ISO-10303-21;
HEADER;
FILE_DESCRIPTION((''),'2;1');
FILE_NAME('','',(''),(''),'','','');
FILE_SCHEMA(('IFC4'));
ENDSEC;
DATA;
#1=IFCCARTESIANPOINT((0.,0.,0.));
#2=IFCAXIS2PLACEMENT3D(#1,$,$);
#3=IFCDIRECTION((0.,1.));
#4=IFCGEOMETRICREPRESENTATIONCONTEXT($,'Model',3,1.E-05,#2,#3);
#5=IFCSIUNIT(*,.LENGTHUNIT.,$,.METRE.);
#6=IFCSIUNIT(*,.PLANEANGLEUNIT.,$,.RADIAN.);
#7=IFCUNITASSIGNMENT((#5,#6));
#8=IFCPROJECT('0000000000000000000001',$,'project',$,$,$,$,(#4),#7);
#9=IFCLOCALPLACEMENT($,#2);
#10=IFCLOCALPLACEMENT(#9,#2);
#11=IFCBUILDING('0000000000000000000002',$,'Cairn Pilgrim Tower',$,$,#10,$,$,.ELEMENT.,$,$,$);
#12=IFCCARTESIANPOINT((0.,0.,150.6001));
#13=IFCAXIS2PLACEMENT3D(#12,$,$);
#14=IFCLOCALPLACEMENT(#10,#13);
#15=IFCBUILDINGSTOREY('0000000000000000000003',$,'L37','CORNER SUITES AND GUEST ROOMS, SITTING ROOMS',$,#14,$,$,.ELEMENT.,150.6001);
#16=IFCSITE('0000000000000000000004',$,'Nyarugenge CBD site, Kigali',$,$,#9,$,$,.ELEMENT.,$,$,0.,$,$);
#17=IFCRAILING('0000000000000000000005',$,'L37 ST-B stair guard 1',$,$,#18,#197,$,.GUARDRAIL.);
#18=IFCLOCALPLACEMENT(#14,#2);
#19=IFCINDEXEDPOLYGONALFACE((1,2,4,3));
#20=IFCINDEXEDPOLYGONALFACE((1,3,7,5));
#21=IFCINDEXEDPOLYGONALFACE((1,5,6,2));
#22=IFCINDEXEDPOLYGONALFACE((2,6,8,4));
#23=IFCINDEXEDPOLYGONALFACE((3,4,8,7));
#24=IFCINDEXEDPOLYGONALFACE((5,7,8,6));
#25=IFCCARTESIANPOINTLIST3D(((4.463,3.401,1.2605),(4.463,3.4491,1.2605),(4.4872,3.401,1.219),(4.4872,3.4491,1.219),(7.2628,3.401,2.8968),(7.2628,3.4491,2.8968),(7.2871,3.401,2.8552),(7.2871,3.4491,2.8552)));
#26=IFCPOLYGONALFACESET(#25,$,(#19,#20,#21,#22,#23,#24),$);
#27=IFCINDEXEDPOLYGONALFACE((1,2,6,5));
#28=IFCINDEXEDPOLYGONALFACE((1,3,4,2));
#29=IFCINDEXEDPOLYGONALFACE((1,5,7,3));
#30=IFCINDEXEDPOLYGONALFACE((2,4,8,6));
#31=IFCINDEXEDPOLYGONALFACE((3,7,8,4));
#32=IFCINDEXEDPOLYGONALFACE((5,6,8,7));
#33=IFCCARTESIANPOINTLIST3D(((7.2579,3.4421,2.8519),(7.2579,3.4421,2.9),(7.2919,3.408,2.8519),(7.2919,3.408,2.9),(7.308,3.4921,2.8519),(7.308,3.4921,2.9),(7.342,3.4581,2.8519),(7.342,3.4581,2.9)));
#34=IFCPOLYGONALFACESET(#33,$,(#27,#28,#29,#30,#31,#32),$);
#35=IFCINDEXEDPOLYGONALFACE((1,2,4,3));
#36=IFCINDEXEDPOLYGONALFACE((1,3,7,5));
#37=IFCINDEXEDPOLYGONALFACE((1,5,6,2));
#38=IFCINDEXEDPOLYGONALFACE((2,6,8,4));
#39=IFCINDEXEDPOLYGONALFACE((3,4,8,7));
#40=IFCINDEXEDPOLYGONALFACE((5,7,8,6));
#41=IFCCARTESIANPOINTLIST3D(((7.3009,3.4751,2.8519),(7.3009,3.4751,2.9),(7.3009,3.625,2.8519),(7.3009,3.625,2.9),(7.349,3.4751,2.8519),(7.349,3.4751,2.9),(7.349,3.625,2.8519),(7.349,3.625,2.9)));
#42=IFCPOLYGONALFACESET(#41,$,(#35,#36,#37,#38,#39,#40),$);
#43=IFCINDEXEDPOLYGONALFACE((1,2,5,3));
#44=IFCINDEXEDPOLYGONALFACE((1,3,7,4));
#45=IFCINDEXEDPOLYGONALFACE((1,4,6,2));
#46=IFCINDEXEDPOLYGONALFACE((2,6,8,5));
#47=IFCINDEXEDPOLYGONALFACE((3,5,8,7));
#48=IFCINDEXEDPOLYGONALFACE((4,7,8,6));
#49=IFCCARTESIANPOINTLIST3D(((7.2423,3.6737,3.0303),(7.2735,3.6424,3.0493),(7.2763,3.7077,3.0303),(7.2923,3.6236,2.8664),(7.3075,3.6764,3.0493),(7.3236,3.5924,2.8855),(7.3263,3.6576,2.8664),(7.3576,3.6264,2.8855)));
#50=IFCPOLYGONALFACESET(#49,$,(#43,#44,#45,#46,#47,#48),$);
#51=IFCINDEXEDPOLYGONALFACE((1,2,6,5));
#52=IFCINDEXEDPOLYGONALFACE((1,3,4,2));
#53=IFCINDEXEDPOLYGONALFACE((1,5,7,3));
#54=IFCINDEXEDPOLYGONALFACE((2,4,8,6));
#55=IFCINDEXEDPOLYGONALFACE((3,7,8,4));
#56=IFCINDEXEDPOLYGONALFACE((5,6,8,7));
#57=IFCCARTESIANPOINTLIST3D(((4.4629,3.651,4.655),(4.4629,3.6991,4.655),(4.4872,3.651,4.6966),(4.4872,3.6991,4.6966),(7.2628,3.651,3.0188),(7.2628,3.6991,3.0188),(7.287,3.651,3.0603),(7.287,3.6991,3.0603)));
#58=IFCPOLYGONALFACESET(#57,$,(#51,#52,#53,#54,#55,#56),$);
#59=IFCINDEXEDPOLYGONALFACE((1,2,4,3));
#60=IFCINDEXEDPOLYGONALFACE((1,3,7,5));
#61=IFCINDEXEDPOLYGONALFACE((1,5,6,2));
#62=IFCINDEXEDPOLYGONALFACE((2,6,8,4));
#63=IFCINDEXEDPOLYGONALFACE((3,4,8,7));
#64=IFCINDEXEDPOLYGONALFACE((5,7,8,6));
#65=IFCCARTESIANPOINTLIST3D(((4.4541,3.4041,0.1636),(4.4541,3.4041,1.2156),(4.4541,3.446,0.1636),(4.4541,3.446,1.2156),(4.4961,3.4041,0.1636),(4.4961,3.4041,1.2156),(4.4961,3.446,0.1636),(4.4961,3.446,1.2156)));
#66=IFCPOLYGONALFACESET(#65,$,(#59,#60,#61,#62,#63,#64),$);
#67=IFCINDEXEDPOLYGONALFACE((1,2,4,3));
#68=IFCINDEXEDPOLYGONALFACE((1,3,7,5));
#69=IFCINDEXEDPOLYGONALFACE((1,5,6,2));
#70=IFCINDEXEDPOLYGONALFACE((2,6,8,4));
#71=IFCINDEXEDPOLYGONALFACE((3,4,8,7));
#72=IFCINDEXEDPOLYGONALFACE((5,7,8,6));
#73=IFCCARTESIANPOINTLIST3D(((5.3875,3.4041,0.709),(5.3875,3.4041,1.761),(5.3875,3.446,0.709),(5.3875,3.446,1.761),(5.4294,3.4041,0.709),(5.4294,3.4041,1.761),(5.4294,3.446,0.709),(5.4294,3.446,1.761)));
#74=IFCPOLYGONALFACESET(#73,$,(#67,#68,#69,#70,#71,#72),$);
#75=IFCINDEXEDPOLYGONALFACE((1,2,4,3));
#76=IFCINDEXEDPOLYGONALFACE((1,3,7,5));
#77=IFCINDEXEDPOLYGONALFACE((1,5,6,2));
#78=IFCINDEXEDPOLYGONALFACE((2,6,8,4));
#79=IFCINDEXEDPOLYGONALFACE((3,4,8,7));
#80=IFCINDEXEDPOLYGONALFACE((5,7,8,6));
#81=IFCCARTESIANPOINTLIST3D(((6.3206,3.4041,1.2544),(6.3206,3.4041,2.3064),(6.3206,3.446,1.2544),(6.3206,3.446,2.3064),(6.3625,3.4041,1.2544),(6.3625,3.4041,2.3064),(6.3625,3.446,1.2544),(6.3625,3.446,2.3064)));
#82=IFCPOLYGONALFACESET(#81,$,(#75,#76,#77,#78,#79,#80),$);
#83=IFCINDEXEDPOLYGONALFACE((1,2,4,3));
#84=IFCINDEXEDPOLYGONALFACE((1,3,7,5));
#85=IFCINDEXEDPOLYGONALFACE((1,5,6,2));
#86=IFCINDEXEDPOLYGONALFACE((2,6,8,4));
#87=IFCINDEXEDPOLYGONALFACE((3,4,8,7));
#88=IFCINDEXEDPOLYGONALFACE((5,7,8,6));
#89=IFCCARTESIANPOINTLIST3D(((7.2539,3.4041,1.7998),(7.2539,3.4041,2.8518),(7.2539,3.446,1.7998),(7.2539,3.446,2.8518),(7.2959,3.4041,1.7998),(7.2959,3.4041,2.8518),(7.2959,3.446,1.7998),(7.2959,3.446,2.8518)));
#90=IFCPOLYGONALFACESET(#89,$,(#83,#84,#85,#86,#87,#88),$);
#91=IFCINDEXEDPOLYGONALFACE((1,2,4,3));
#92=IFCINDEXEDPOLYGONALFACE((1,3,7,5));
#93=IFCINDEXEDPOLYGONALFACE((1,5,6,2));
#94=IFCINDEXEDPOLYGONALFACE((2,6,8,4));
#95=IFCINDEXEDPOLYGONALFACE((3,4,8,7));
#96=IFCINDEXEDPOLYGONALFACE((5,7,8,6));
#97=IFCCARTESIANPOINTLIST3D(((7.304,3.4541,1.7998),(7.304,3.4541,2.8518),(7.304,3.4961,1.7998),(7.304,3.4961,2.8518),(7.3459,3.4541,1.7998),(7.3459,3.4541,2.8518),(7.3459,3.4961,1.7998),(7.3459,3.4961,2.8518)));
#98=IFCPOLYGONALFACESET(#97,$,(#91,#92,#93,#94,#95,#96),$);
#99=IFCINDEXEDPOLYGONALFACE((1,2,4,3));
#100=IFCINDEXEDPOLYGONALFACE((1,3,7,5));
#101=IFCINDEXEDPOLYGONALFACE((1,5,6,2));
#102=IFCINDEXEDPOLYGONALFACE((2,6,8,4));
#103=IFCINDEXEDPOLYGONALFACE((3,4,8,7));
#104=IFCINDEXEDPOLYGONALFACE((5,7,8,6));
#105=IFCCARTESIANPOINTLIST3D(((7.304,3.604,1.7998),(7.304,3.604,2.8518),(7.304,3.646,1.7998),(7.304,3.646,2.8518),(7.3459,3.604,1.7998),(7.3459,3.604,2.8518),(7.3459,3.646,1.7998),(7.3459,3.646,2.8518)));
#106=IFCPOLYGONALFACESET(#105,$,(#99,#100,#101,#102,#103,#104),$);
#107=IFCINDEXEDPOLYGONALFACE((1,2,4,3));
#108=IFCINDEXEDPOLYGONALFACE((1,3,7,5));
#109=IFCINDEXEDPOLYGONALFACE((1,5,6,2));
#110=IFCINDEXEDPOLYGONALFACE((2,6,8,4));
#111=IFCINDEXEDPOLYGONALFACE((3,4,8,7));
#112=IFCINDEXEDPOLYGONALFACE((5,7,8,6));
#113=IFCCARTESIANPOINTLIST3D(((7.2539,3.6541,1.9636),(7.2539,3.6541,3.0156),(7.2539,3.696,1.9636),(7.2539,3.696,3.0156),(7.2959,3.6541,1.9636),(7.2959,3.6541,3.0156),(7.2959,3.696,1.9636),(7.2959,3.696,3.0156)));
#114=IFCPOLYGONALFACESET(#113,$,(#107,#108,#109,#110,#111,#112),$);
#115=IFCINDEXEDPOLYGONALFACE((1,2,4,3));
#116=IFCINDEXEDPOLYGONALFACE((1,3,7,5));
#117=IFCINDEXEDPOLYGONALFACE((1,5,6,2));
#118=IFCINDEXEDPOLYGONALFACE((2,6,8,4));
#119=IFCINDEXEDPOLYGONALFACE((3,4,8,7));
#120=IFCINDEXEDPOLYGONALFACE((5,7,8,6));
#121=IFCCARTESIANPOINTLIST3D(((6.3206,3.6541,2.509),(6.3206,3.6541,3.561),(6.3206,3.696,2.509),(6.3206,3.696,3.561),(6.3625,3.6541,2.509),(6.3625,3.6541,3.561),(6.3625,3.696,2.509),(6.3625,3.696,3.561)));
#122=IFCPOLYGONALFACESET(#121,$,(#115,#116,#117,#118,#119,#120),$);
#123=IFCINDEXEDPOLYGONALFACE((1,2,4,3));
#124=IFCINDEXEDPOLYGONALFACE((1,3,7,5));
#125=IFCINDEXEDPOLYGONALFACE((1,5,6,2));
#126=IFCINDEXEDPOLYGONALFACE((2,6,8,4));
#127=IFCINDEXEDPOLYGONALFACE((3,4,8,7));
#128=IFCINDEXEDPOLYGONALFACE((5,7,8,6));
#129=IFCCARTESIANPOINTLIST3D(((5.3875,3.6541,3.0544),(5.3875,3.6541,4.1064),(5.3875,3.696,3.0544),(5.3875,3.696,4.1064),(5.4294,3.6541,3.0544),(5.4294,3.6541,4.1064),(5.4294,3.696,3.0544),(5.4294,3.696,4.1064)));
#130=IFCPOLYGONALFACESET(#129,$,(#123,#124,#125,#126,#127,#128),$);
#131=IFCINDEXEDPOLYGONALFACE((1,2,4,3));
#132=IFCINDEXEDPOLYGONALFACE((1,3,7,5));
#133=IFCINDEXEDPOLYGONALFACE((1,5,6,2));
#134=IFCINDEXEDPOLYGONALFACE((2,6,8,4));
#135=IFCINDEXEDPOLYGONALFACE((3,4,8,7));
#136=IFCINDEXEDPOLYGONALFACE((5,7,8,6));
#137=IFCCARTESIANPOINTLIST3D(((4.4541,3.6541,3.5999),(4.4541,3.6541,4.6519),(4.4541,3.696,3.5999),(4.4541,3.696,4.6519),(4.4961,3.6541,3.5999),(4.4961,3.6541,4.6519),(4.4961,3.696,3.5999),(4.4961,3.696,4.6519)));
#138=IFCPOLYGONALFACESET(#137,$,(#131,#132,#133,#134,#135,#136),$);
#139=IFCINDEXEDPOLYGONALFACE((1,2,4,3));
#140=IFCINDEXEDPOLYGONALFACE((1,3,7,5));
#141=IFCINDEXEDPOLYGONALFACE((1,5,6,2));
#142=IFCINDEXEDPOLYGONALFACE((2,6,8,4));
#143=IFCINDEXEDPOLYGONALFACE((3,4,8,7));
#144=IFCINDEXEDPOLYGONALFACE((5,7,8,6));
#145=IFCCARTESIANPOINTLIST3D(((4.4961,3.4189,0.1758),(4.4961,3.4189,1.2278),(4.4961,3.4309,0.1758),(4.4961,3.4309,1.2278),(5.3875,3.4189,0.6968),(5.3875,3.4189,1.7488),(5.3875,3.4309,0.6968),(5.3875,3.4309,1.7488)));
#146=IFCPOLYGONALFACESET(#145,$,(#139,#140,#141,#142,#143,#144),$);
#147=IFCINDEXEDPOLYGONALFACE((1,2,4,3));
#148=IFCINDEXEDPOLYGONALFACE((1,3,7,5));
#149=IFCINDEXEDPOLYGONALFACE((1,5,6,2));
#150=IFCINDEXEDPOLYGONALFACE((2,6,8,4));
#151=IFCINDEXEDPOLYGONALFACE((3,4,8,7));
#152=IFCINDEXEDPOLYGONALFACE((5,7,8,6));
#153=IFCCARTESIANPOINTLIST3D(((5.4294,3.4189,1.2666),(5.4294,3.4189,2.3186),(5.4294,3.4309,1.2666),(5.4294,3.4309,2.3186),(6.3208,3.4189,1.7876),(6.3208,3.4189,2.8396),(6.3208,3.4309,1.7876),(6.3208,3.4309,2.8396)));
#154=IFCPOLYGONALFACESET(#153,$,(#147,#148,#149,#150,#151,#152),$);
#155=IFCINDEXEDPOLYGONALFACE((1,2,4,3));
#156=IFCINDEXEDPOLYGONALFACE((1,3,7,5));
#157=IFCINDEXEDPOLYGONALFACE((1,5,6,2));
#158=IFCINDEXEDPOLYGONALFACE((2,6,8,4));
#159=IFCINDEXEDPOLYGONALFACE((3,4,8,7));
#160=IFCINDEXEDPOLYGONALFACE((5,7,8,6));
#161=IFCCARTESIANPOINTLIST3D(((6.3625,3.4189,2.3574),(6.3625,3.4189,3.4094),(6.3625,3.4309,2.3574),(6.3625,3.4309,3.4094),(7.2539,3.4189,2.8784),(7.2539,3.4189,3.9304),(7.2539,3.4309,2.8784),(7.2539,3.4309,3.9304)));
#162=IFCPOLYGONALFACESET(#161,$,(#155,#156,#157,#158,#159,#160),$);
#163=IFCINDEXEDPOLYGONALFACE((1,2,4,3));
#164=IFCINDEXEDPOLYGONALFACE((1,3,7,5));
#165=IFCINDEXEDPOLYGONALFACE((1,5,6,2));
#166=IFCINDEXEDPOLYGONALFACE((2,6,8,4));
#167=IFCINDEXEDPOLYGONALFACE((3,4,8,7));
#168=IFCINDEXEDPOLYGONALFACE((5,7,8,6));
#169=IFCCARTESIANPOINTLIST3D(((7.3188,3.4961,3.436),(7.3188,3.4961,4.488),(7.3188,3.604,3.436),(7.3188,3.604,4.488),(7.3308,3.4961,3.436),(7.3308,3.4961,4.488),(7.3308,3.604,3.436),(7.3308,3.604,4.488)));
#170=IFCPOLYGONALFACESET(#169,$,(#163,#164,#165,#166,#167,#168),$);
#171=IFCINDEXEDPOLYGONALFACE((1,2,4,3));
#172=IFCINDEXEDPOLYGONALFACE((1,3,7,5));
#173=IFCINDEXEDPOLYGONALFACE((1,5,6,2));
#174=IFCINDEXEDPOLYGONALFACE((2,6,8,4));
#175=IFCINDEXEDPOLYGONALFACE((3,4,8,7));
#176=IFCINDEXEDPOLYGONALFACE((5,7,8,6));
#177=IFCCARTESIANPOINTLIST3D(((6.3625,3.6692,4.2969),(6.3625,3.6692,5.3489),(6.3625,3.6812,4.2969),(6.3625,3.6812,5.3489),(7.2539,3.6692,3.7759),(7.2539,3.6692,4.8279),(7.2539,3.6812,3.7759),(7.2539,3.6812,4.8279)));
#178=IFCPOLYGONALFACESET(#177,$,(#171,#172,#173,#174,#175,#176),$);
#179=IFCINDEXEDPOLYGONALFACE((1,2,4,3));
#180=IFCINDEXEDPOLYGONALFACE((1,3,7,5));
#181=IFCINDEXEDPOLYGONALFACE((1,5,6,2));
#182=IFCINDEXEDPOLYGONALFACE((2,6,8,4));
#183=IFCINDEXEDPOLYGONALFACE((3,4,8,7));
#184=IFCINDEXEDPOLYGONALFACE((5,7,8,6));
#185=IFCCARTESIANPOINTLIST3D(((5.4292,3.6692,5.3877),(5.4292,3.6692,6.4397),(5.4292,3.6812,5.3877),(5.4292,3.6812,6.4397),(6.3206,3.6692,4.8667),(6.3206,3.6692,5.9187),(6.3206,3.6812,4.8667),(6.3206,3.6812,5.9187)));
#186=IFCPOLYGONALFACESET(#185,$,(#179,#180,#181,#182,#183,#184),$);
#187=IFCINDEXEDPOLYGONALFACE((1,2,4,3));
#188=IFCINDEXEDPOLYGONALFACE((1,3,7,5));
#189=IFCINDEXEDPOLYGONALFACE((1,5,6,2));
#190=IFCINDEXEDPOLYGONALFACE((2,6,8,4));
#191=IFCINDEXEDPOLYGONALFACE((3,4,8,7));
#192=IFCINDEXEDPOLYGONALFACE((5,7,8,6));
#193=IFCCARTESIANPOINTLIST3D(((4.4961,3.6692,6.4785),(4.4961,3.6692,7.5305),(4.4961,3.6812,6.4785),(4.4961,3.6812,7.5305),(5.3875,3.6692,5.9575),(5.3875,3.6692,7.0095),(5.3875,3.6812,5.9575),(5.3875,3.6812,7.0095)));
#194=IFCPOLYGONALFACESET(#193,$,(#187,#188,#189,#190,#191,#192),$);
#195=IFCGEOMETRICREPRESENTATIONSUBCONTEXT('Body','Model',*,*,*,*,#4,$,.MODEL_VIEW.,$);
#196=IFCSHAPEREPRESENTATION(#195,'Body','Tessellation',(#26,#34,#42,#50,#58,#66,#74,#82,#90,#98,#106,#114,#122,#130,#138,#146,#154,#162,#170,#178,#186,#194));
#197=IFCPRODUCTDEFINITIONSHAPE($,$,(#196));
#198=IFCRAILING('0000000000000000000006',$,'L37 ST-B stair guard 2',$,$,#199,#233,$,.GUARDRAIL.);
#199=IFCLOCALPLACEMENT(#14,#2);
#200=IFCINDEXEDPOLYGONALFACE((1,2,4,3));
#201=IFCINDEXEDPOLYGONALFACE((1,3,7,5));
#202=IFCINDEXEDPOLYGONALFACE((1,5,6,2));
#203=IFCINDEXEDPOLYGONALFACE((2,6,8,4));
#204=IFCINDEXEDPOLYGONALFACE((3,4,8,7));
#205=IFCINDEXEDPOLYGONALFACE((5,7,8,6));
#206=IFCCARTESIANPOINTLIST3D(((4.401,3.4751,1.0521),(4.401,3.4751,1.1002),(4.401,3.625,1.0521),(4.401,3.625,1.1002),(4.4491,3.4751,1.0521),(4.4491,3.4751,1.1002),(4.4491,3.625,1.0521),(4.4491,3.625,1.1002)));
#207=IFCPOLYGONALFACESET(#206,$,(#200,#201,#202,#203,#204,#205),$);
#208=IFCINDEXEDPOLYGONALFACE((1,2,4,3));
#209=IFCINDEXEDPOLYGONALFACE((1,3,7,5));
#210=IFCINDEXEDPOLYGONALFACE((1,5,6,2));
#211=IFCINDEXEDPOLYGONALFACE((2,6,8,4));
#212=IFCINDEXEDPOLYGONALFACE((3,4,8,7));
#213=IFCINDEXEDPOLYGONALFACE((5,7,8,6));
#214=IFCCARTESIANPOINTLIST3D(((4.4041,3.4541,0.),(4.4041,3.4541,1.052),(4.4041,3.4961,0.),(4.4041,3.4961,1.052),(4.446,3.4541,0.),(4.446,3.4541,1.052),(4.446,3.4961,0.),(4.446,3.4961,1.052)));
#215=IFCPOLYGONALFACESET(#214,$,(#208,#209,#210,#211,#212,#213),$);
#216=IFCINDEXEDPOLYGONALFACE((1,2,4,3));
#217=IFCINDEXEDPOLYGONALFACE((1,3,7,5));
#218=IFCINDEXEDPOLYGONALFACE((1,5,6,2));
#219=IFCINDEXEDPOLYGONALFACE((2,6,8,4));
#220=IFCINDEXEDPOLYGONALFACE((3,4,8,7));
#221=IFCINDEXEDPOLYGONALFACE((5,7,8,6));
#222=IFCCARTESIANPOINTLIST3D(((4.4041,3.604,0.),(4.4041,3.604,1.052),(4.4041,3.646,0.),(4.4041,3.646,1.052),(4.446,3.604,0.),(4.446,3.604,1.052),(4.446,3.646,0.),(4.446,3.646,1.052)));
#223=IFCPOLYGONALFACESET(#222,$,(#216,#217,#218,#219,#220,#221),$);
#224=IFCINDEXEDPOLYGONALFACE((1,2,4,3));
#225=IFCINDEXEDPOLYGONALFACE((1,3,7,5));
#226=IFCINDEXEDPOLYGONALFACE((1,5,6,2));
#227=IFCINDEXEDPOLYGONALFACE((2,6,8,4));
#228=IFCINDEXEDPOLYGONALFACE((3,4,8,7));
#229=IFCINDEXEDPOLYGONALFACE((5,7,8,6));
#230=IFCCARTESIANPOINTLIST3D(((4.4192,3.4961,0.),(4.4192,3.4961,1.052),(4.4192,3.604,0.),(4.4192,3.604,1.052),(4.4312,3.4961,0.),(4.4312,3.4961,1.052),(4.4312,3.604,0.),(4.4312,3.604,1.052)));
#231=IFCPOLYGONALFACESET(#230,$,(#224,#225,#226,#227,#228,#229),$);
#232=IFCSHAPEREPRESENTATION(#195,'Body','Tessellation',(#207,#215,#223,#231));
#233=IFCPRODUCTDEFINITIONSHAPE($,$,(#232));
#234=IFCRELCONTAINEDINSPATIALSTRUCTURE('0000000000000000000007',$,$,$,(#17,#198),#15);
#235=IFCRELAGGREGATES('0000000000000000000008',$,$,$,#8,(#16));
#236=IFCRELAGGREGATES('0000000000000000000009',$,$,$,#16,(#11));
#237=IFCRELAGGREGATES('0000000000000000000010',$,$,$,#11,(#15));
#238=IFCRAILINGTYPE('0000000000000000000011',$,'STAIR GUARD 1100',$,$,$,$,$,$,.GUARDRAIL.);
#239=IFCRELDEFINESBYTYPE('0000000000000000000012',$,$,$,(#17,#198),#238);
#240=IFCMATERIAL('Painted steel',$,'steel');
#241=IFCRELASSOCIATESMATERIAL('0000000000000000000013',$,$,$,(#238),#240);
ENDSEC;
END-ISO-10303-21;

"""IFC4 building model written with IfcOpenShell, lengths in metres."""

from ifc_helpers import new_model, si_unit, direction, frame, origin, origin_2d, place, context, subcontext, project, spatial, polyline, rectangle, outline, extrude, material, type_object, element, save


model = new_model("IFC4")

# Units and contexts
model_context = context("Model", 3, precision=1e-05, world=origin(), true_north=direction((0.0, 1.0)))
body_context = subcontext(model_context, "Body", "Model", "MODEL_VIEW")
ifc_project = project(units=[si_unit("LENGTHUNIT", "METRE"), si_unit("PLANEANGLEUNIT", "RADIAN")], contexts=[model_context])

# Site, building, storey
site_placement = place(None, origin())
site = spatial("IfcSite", under=ifc_project, at=site_placement, Name="Nyarugenge CBD site, Kigali", CompositionType="ELEMENT", RefElevation=0.0)
building_placement = place(site_placement, origin())
building = spatial("IfcBuilding", under=site, at=building_placement, Name="Cairn Pilgrim Tower", CompositionType="ELEMENT")
storey_placement = place(building_placement, frame((0.0, 0.0, 150.6001)))
storey = spatial("IfcBuildingStorey", under=building, at=storey_placement, Name="L37", Description="CORNER SUITES AND GUEST ROOMS, SITTING ROOMS", CompositionType="ELEMENT", Elevation=150.6001)

# Shared definitions
ifc_material_1 = material(Name="Painted steel", Category="steel")

# Railings
railing_type = type_object("IfcRailingType", Name="STAIR GUARD 1100", PredefinedType="GUARDRAIL", material=ifc_material_1)
railing_1_placement = place(storey_placement, frame((4.4751, 3.425, 0.1636)))
element("IfcRailing", 1, at=railing_1_placement, inside=storey, type_object=railing_type, Name="L37 ST-B stair guard 1", PredefinedType="GUARDRAIL", context=body_context, shape_type="SweptSolid", body=[
    extrude(rectangle(XDim=0.0481, YDim=0.0481, at=origin_2d()), frame((0.0, 0.0, 1.0762), z_axis=(0.863374, 0.0, 0.504564), x_axis=(0.0, 1.0, 0.0)), (0.0, 0.0, 1.0), 3.2429),
    extrude(rectangle(XDim=0.0481, YDim=0.0481, at=origin_2d()), frame((2.7998, 0.0, 2.7124), z_axis=(0.707107, 0.707107, 0.0), x_axis=(-0.707107, 0.707107, 0.0)), (0.0, 0.0, 1.0), 0.0708),
    extrude(rectangle(XDim=0.0481, YDim=0.0481, at=origin_2d()), frame((2.8499, 0.05, 2.7124), z_axis=(0.0, 1.0, 0.0), x_axis=(-1.0, 0.0, 0.0)), (0.0, 0.0, 1.0), 0.1499),
    extrude(rectangle(XDim=0.0481, YDim=0.0481, at=origin_2d()), frame((2.8499, 0.2, 2.7124), z_axis=(-0.280456, 0.280456, 0.917981), x_axis=(-0.707107, -0.707107, 0.0)), (0.0, 0.0, 1.0), 0.1785),
    extrude(rectangle(XDim=0.0481, YDim=0.0481, at=origin_2d()), frame((2.7998, 0.25, 2.876), z_axis=(-0.863374, 0.0, 0.504564), x_axis=(0.0, -1.0, 0.0)), (0.0, 0.0, 1.0), 3.2429),
    extrude(rectangle(XDim=0.042, YDim=0.042, at=origin_2d()), origin(), (0.0, 0.0, 1.0), 1.052),
    extrude(rectangle(XDim=0.042, YDim=0.042, at=origin_2d()), frame((0.9333, 0.0, 0.5454)), (0.0, 0.0, 1.0), 1.052),
    extrude(rectangle(XDim=0.042, YDim=0.042, at=origin_2d()), frame((1.8665, 0.0, 1.0908)), (0.0, 0.0, 1.0), 1.052),
    extrude(rectangle(XDim=0.042, YDim=0.042, at=origin_2d()), frame((2.7998, 0.0, 1.6362)), (0.0, 0.0, 1.0), 1.052),
    extrude(rectangle(XDim=0.042, YDim=0.042, at=origin_2d()), frame((2.8499, 0.05, 1.6362)), (0.0, 0.0, 1.0), 1.052),
    extrude(rectangle(XDim=0.042, YDim=0.042, at=origin_2d()), frame((2.8499, 0.2, 1.6362)), (0.0, 0.0, 1.0), 1.052),
    extrude(rectangle(XDim=0.042, YDim=0.042, at=origin_2d()), frame((2.7998, 0.25, 1.8)), (0.0, 0.0, 1.0), 1.052),
    extrude(rectangle(XDim=0.042, YDim=0.042, at=origin_2d()), frame((1.8665, 0.25, 2.3455)), (0.0, 0.0, 1.0), 1.052),
    extrude(rectangle(XDim=0.042, YDim=0.042, at=origin_2d()), frame((0.9333, 0.25, 2.8909)), (0.0, 0.0, 1.0), 1.052),
    extrude(rectangle(XDim=0.042, YDim=0.042, at=origin_2d()), frame((0.0, 0.25, 3.4363)), (0.0, 0.0, 1.0), 1.052),
    extrude(outline(polyline([(0.021, 0.0122), (0.9124, 0.5332), (0.9124, 1.5852), (0.021, 1.0642), (0.021, 0.0122)])), frame((0.0, 0.0059, 0.0), z_axis=(0.0, -1.0, 0.0), x_axis=(1.0, 0.0, 0.0)), (0.0, 0.0, 1.0), 0.012),
    extrude(outline(polyline([(0.021, 0.5576), (0.9124, 1.0786), (0.9124, 2.1306), (0.021, 1.6096), (0.021, 0.5576)])), frame((0.9333, 0.0059, 0.5454), z_axis=(0.0, -1.0, 0.0), x_axis=(1.0, 0.0, 0.0)), (0.0, 0.0, 1.0), 0.012),
    extrude(outline(polyline([(0.021, 1.103), (0.9124, 1.624), (0.9124, 2.676), (0.021, 2.155), (0.021, 1.103)])), frame((1.8665, 0.0059, 1.0908), z_axis=(0.0, -1.0, 0.0), x_axis=(1.0, 0.0, 0.0)), (0.0, 0.0, 1.0), 0.012),
    extrude(outline(polyline([(0.021, 1.6362), (0.1289, 1.6362), (0.1289, 2.6882), (0.021, 2.6882), (0.021, 1.6362)])), frame((2.8438, 0.05, 1.6362), z_axis=(1.0, 0.0, 0.0), x_axis=(0.0, 1.0, 0.0)), (0.0, 0.0, 1.0), 0.012),
    extrude(outline(polyline([(0.021, 1.8123), (0.9124, 2.3333), (0.9124, 3.3853), (0.021, 2.8643), (0.021, 1.8123)])), frame((2.7998, 0.2441, 1.8), z_axis=(0.0, 1.0, 0.0), x_axis=(-1.0, 0.0, 0.0)), (0.0, 0.0, 1.0), 0.012),
    extrude(outline(polyline([(0.021, 2.3577), (0.9124, 2.8787), (0.9124, 3.9307), (0.021, 3.4097), (0.021, 2.3577)])), frame((1.8665, 0.2441, 2.3455), z_axis=(0.0, 1.0, 0.0), x_axis=(-1.0, 0.0, 0.0)), (0.0, 0.0, 1.0), 0.012),
    extrude(outline(polyline([(0.021, 2.9031), (0.9124, 3.4241), (0.9124, 4.4761), (0.021, 3.9551), (0.021, 2.9031)])), frame((0.9333, 0.2441, 2.8909), z_axis=(0.0, 1.0, 0.0), x_axis=(-1.0, 0.0, 0.0)), (0.0, 0.0, 1.0), 0.012),
])
railing_2_placement = place(storey_placement, frame((4.425, 3.4751, 0.0)))
element("IfcRailing", 2, at=railing_2_placement, inside=storey, type_object=railing_type, Name="L37 ST-B stair guard 2", PredefinedType="GUARDRAIL", context=body_context, shape_type="SweptSolid", body=[
    extrude(rectangle(XDim=0.0481, YDim=0.0481, at=origin_2d()), frame((0.0, 0.0, 1.0762), z_axis=(0.0, 1.0, 0.0), x_axis=(-1.0, 0.0, 0.0)), (0.0, 0.0, 1.0), 0.1499),
    extrude(rectangle(XDim=0.042, YDim=0.042, at=origin_2d()), origin(), (0.0, 0.0, 1.0), 1.052),
    extrude(rectangle(XDim=0.042, YDim=0.042, at=origin_2d()), frame((0.0, 0.1499, 0.0)), (0.0, 0.0, 1.0), 1.052),
    extrude(outline(polyline([(0.021, 0.0), (0.1289, 0.0), (0.1289, 1.052), (0.021, 1.052), (0.021, 0.0)])), frame((-0.0059, 0.0, 0.0), z_axis=(1.0, 0.0, 0.0), x_axis=(0.0, 1.0, 0.0)), (0.0, 0.0, 1.0), 0.012),
])

save(model, "model.ifc")
